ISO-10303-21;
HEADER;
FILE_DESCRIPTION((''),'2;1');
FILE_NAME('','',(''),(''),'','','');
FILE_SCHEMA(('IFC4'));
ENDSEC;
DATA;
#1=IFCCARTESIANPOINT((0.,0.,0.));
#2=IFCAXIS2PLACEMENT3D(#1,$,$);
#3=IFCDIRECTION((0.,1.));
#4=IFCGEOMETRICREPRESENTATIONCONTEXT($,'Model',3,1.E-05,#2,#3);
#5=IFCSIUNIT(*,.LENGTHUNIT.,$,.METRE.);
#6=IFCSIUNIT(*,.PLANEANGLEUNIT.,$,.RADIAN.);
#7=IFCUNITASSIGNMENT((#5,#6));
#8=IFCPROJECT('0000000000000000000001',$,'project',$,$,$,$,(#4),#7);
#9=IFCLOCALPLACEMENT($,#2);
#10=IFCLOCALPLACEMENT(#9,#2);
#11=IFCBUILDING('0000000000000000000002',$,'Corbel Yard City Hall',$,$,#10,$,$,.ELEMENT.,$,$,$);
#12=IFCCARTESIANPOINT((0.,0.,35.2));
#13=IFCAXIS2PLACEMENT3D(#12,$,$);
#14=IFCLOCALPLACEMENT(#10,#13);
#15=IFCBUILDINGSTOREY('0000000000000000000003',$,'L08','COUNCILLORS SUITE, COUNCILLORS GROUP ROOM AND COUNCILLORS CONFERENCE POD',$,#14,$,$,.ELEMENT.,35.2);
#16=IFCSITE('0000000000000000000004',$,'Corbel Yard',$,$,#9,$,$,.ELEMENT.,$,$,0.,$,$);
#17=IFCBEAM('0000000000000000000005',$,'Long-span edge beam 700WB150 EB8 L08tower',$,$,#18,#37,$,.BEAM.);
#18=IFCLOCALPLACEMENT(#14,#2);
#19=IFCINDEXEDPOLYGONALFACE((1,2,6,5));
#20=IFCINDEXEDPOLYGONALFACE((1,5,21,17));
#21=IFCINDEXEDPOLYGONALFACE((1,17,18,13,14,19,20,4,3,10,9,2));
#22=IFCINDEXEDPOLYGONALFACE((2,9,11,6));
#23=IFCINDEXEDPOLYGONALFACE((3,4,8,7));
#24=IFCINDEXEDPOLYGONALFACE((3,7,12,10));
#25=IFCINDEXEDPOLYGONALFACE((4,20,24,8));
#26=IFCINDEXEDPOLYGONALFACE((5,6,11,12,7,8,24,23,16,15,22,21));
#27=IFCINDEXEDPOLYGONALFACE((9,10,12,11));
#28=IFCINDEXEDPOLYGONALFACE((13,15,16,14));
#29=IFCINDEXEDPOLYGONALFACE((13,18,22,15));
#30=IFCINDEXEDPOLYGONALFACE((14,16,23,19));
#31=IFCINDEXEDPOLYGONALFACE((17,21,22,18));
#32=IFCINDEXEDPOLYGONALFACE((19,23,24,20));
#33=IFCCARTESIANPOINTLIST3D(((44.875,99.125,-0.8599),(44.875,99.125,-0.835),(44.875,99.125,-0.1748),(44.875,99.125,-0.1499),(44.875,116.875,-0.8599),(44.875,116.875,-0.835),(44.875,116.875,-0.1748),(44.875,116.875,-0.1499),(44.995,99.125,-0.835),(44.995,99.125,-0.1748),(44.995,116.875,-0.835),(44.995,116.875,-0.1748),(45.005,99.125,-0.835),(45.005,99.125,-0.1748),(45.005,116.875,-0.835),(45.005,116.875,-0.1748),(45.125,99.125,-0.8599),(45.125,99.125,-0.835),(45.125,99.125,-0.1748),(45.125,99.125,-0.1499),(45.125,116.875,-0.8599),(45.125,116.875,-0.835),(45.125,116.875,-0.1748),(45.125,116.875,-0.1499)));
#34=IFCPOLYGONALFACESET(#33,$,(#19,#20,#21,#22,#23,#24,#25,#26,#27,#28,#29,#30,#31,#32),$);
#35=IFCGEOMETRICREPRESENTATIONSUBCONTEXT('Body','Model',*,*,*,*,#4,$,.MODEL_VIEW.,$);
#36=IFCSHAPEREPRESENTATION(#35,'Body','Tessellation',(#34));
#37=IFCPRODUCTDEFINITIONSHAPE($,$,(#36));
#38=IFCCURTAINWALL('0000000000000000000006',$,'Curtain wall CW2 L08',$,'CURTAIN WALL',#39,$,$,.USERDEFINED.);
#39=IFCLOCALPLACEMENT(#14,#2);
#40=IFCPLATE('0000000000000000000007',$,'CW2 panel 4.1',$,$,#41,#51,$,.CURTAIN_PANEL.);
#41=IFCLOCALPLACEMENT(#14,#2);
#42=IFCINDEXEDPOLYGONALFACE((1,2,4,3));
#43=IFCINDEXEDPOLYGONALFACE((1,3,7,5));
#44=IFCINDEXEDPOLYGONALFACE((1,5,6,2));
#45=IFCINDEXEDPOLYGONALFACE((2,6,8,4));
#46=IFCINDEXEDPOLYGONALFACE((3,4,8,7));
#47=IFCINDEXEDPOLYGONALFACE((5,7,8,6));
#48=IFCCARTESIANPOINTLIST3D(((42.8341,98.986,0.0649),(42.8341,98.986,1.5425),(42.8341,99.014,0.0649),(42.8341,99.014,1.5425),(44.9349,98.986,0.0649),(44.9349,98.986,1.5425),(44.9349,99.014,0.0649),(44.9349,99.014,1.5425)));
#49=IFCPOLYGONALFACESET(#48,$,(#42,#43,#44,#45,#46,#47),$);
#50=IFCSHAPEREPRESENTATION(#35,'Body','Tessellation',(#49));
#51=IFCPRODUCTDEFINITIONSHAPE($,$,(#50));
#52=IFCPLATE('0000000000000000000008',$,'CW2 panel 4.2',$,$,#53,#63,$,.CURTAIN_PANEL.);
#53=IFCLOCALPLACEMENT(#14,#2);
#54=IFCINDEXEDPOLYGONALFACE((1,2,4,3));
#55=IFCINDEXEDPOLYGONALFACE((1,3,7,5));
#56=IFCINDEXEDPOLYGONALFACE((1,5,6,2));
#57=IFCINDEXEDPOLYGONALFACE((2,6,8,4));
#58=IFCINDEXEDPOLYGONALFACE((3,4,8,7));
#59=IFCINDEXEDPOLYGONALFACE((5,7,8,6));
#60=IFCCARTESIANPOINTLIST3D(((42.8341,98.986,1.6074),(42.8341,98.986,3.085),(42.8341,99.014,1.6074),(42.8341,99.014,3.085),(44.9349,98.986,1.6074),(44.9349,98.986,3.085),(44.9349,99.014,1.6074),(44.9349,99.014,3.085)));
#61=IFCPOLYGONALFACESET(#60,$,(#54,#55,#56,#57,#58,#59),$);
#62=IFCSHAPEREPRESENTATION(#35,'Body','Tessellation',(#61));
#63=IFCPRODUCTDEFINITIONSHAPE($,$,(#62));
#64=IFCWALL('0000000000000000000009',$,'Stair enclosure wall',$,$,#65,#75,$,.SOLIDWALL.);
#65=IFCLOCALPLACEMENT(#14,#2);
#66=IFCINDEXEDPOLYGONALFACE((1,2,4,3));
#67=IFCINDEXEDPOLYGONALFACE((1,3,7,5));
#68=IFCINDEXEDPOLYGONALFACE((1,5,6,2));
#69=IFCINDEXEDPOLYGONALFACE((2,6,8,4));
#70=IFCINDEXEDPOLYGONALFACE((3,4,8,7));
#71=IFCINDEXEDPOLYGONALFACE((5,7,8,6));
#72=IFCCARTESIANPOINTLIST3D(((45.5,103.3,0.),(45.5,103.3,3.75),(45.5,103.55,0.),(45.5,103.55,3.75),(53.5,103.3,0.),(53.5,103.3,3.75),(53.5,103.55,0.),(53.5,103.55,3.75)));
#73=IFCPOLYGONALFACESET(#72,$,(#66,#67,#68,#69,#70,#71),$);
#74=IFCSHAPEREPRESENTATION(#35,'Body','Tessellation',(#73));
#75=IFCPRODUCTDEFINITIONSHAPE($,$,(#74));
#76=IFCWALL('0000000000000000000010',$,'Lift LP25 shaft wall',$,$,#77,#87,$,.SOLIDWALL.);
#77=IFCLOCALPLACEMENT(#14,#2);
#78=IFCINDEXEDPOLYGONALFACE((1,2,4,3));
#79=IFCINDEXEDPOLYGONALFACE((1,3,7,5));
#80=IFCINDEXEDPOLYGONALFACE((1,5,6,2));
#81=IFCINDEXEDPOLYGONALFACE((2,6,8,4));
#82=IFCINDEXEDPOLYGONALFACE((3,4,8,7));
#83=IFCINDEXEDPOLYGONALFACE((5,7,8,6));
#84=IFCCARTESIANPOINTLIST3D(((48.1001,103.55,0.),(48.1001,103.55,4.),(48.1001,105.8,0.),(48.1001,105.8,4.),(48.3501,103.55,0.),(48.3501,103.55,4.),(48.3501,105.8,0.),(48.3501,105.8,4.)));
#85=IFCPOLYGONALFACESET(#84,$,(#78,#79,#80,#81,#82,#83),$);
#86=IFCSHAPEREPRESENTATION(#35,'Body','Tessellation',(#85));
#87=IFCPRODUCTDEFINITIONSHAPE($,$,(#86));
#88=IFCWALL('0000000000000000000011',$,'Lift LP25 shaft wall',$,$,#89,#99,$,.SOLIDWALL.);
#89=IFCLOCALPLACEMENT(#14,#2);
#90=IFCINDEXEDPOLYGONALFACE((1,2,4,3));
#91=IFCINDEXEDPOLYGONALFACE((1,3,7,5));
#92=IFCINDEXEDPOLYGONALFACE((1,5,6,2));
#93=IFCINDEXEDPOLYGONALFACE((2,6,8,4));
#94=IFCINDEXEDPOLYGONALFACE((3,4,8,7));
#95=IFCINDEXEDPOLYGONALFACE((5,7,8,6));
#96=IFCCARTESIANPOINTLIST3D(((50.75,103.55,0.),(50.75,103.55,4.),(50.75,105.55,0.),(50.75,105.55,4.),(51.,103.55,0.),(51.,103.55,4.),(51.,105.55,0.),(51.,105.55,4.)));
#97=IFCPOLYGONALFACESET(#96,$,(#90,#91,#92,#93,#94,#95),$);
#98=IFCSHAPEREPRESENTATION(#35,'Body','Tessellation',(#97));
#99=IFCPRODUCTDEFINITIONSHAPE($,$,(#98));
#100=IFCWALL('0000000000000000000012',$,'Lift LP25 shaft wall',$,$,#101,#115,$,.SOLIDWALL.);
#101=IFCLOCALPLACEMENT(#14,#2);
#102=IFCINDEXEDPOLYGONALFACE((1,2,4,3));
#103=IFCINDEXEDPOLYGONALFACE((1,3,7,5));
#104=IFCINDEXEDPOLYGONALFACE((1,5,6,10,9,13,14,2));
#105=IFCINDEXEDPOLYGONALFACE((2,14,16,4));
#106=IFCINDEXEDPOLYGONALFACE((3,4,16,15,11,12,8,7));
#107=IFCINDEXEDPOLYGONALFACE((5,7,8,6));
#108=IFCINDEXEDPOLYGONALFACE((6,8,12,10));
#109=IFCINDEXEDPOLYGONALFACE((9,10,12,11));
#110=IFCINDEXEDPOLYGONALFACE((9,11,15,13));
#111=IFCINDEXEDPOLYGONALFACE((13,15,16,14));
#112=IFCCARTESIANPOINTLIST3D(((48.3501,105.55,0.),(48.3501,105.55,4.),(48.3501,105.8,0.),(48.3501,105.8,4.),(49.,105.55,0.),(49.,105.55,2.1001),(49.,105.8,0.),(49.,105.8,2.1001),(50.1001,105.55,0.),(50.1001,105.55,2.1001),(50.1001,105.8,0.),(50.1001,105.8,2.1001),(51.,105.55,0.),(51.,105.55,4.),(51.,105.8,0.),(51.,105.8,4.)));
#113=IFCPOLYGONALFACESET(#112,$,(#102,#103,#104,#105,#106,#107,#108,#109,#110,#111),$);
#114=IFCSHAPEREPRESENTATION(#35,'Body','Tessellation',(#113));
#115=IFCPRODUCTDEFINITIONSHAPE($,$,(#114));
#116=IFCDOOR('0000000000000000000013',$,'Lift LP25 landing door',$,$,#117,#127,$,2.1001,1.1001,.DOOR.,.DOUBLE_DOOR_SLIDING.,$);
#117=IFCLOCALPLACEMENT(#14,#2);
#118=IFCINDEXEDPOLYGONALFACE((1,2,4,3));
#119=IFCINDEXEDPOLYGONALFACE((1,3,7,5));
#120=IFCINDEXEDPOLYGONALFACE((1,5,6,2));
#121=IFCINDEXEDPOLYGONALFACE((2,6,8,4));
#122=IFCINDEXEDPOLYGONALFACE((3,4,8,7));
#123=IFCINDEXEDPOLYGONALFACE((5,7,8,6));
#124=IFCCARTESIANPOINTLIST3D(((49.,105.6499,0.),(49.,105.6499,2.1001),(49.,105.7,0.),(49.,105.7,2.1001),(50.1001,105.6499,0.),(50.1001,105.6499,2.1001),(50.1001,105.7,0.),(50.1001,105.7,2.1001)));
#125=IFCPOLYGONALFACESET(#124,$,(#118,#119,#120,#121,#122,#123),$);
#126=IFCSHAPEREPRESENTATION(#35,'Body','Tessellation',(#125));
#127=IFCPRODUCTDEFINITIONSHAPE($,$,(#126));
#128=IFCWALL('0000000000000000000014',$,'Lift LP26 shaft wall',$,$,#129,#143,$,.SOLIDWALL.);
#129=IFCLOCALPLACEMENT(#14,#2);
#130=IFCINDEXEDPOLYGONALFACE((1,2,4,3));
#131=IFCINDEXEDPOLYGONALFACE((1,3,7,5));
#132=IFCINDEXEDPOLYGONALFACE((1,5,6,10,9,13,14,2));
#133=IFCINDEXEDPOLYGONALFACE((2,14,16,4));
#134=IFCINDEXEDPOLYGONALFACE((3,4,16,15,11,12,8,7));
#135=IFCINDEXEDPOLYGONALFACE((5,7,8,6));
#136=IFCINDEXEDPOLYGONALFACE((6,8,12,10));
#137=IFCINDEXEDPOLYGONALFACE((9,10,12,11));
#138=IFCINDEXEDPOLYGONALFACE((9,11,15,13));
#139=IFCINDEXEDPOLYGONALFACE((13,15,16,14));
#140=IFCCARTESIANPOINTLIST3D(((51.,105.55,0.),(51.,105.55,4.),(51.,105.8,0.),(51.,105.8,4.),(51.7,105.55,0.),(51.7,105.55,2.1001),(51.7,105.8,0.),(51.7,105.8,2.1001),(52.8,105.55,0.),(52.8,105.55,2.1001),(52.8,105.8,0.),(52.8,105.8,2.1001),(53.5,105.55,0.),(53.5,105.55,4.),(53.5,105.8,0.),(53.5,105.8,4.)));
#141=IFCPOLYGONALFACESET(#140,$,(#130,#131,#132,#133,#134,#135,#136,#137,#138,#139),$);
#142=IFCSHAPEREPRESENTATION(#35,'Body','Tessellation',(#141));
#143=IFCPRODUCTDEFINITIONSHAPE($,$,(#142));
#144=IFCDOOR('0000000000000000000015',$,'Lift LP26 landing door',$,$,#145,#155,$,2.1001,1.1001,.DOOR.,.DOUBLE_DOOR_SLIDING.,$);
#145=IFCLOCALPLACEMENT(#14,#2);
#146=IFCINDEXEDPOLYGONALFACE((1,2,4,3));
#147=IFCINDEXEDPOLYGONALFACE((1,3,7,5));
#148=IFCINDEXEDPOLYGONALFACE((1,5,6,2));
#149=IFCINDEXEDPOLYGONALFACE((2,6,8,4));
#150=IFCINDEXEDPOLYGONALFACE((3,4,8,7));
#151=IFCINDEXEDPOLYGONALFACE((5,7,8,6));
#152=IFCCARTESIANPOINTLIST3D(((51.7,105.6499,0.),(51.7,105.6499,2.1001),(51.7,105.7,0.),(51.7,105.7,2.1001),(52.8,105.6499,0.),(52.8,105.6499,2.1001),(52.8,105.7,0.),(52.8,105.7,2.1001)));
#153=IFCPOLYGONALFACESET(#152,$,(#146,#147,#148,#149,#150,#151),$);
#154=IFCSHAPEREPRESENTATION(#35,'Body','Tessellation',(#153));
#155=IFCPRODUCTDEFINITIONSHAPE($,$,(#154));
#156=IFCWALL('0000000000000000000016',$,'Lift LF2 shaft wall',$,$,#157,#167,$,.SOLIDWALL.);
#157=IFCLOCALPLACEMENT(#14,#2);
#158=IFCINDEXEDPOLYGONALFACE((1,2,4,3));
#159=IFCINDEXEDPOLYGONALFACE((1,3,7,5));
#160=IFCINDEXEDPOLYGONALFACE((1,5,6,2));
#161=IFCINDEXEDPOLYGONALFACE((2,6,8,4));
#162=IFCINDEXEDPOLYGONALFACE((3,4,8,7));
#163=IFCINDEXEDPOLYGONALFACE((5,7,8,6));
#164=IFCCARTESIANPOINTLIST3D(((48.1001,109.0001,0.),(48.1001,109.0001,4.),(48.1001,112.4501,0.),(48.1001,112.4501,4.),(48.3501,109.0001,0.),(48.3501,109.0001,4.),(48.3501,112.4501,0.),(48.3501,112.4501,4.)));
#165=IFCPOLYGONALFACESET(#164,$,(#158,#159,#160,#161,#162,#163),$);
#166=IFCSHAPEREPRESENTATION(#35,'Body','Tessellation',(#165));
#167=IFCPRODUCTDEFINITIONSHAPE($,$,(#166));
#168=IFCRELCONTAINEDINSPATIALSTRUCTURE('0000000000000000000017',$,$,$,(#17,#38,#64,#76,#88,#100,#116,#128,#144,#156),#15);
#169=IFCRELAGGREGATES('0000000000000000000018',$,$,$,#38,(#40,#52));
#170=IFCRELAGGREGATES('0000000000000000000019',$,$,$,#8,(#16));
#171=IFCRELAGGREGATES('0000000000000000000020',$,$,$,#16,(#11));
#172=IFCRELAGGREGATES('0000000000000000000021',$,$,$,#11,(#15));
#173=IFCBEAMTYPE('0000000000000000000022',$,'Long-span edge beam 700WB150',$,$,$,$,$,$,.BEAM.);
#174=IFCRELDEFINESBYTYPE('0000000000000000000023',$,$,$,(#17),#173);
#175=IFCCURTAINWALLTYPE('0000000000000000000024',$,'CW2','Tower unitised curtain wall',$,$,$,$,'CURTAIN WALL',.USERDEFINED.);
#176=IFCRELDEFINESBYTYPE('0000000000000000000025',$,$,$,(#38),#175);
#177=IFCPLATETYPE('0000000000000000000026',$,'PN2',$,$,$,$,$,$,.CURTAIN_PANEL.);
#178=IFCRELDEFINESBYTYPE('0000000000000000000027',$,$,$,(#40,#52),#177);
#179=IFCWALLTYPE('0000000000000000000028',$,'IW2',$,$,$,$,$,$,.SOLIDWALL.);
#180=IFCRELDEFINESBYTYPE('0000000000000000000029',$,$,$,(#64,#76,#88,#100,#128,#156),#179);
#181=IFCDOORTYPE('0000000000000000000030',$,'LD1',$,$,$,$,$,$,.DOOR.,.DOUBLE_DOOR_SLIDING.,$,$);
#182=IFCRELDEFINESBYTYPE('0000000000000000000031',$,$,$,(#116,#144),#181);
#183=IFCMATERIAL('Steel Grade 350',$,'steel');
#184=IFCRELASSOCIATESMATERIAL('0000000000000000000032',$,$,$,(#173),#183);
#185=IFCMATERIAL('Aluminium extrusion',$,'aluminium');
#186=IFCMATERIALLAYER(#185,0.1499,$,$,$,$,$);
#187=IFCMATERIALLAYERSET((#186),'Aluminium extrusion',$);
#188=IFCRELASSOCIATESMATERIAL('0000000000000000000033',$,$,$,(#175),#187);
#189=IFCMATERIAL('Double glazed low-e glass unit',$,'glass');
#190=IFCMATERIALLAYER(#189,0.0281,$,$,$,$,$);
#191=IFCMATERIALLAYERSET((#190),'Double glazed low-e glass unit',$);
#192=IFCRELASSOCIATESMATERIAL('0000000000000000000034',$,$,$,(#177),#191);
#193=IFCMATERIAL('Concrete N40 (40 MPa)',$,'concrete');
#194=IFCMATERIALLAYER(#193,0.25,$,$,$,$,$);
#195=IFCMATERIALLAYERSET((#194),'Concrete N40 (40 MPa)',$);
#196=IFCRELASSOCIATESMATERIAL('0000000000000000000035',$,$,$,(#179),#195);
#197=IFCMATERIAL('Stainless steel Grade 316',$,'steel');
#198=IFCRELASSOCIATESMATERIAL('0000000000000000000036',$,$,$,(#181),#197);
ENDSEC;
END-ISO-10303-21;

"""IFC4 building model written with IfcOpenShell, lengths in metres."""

from ifc_helpers import new_model, si_unit, direction, frame, frame_2d, origin, origin_2d, place, context, subcontext, project, spatial, rectangle, i_section, extrude, material, layer, layer_set, material_profile, profile_set, type_object, element, fill, aggregate, save


model = new_model("IFC4")

# Units and contexts
model_context = context("Model", 3, precision=1e-05, world=origin(), true_north=direction((0.0, 1.0)))
body_context = subcontext(model_context, "Body", "Model", "MODEL_VIEW")
ifc_project = project(units=[si_unit("LENGTHUNIT", "METRE"), si_unit("PLANEANGLEUNIT", "RADIAN")], contexts=[model_context])

# Site, building, storey
site_placement = place(None, origin())
site = spatial("IfcSite", under=ifc_project, at=site_placement, Name="Corbel Yard", CompositionType="ELEMENT", RefElevation=0.0)
building_placement = place(site_placement, origin())
building = spatial("IfcBuilding", under=site, at=building_placement, Name="Corbel Yard City Hall", CompositionType="ELEMENT")
storey_placement = place(building_placement, frame((0.0, 0.0, 35.2)))
storey = spatial("IfcBuildingStorey", under=building, at=storey_placement, Name="L08", Description="COUNCILLORS SUITE, COUNCILLORS GROUP ROOM AND COUNCILLORS CONFERENCE POD", CompositionType="ELEMENT", Elevation=35.2)

# Beam
ifc_material_1 = material(Name="Steel Grade 350", Category="steel")
ifc_material_profile = material_profile(ifc_material_1, i_section(OverallWidth=0.25, OverallDepth=0.71, WebThickness=0.01, FlangeThickness=0.0249, at=origin_2d()), Name="700WB150")
ifc_profile_set = profile_set([ifc_material_profile], Name="Steel Grade 350")
beam_type = type_object("IfcBeamType", Name="Long-span edge beam 700WB150", PredefinedType="BEAM", material=ifc_profile_set)
beam_placement = place(storey_placement, frame((45.0, 99.125, -0.5049), z_axis=(0.0, 1.0, 0.0), x_axis=(-1.0, 0.0, 0.0)))
element("IfcBeam", 1, at=beam_placement, inside=storey, type_object=beam_type, Name="Long-span edge beam 700WB150 EB8 L08tower", PredefinedType="BEAM", context=body_context, shape_type="SweptSolid", body=[
    extrude(i_section(OverallWidth=0.25, OverallDepth=0.71, WebThickness=0.01, FlangeThickness=0.0249, at=origin_2d()), origin(), (0.0, 0.0, 1.0), 17.75),
])

# Curtain wall, plates
ifc_material_2 = material(Name="Aluminium extrusion", Category="aluminium")
ifc_layer_1 = layer(ifc_material_2, 0.1499)
ifc_layer_set_1 = layer_set([ifc_layer_1], Name="Aluminium extrusion")
curtain_wall_type = type_object("IfcCurtainWallType", Name="CW2", Description="Tower unitised curtain wall", ElementType="CURTAIN WALL", PredefinedType="USERDEFINED", material=ifc_layer_set_1)
curtain_wall_placement = place(storey_placement, origin())
curtain_wall = element("IfcCurtainWall", 2, at=curtain_wall_placement, inside=storey, type_object=curtain_wall_type, Name="Curtain wall CW2 L08", ObjectType="CURTAIN WALL", PredefinedType="USERDEFINED")
ifc_material_3 = material(Name="Double glazed low-e glass unit", Category="glass")
ifc_layer_2 = layer(ifc_material_3, 0.0281)
ifc_layer_set_2 = layer_set([ifc_layer_2], Name="Double glazed low-e glass unit")
plate_type = type_object("IfcPlateType", Name="PN2", PredefinedType="CURTAIN_PANEL", material=ifc_layer_set_2)
plate_1_placement = place(storey_placement, frame((43.8845, 99.0, 0.0649), z_axis=(0.0, 0.0, 1.0), x_axis=(1.0, 0.0, 0.0)))
plate_1 = element("IfcPlate", 3, at=plate_1_placement, type_object=plate_type, Name="CW2 panel 4.1", PredefinedType="CURTAIN_PANEL", context=body_context, shape_type="SweptSolid", body=[
    extrude(rectangle(XDim=2.1008, YDim=0.0281, at=origin_2d()), origin(), (0.0, 0.0, 1.0), 1.4775),
])
plate_2_placement = place(storey_placement, frame((43.8845, 99.0, 1.6074), z_axis=(0.0, 0.0, 1.0), x_axis=(1.0, 0.0, 0.0)))
plate_2 = element("IfcPlate", 4, at=plate_2_placement, type_object=plate_type, Name="CW2 panel 4.2", PredefinedType="CURTAIN_PANEL", context=body_context, shape_type="SweptSolid", body=[
    extrude(rectangle(XDim=2.1008, YDim=0.0281, at=origin_2d()), origin(), (0.0, 0.0, 1.0), 1.4775),
])
aggregate(curtain_wall, [plate_1, plate_2])

# Walls
ifc_material_4 = material(Name="Concrete N40 (40 MPa)", Category="concrete")
ifc_layer_3 = layer(ifc_material_4, 0.25)
ifc_layer_set_3 = layer_set([ifc_layer_3], Name="Concrete N40 (40 MPa)")
wall_type_1 = type_object("IfcWallType", Name="IW2", PredefinedType="SOLIDWALL", material=ifc_layer_set_3)
wall_1_placement = place(storey_placement, frame((45.5, 103.425, 0.0), z_axis=(0.0, 0.0, 1.0), x_axis=(1.0, 0.0, 0.0)))
element("IfcWall", 5, at=wall_1_placement, inside=storey, type_object=wall_type_1, Name="Stair enclosure wall", PredefinedType="SOLIDWALL", context=body_context, shape_type="SweptSolid", body=[
    extrude(rectangle(XDim=8.0, YDim=0.25, at=frame_2d((4.0, 0.0))), origin(), (0.0, 0.0, 1.0), 3.75),
])
wall_2_placement = place(storey_placement, frame((48.2251, 103.55, 0.0), z_axis=(0.0, 0.0, 1.0), x_axis=(0.0, 1.0, 0.0)))
element("IfcWall", 6, at=wall_2_placement, inside=storey, type_object=wall_type_1, Name="Lift LP25 shaft wall", PredefinedType="SOLIDWALL", context=body_context, shape_type="SweptSolid", body=[
    extrude(rectangle(XDim=2.25, YDim=0.25, at=frame_2d((1.125, 0.0))), origin(), (0.0, 0.0, 1.0), 4.0),
])
wall_3_placement = place(storey_placement, frame((50.875, 103.55, 0.0), z_axis=(0.0, 0.0, 1.0), x_axis=(0.0, 1.0, 0.0)))
element("IfcWall", 7, at=wall_3_placement, inside=storey, type_object=wall_type_1, Name="Lift LP25 shaft wall", PredefinedType="SOLIDWALL", context=body_context, shape_type="SweptSolid", body=[
    extrude(rectangle(XDim=2.0, YDim=0.25, at=frame_2d((1.0, 0.0))), origin(), (0.0, 0.0, 1.0), 4.0),
])

# Walls, openings, doors
wall_4_placement = place(storey_placement, frame((48.3501, 105.675, 0.0), z_axis=(0.0, 0.0, 1.0), x_axis=(1.0, 0.0, 0.0)))
wall_4 = element("IfcWall", 8, at=wall_4_placement, inside=storey, type_object=wall_type_1, Name="Lift LP25 shaft wall", PredefinedType="SOLIDWALL", context=body_context, shape_type="SweptSolid", body=[
    extrude(rectangle(XDim=2.6499, YDim=0.25, at=frame_2d((1.325, 0.0))), origin(), (0.0, 0.0, 1.0), 4.0),
])
opening_1_placement = place(wall_4_placement, frame((0.6499, 0.0, 0.0)))
opening_1 = element("IfcOpeningElement", 9, at=opening_1_placement, cuts=wall_4, PredefinedType="OPENING", context=body_context, shape_type="SweptSolid", body=[
    extrude(rectangle(XDim=1.1001, YDim=2.1001, at=frame_2d((0.55, 1.05))), frame((0.0, 0.135, 0.0), z_axis=(0.0, -1.0, 0.0), x_axis=(1.0, 0.0, 0.0)), (0.0, 0.0, 1.0), 0.27),
])
ifc_material_5 = material(Name="Stainless steel Grade 316", Category="steel")
door_type_1 = type_object("IfcDoorType", Name="LD1", OperationType="DOUBLE_DOOR_SLIDING", PredefinedType="DOOR", material=ifc_material_5)
door_1_placement = place(opening_1_placement, origin())
door_1 = element("IfcDoor", 10, at=door_1_placement, inside=storey, type_object=door_type_1, Name="Lift LP25 landing door", OperationType="DOUBLE_DOOR_SLIDING", OverallHeight=2.1001, OverallWidth=1.1001, PredefinedType="DOOR", context=body_context, shape_type="SweptSolid", body=[
    extrude(rectangle(XDim=1.1001, YDim=2.1001, at=frame_2d((0.55, 1.05))), frame((0.0, 0.0249, 0.0), z_axis=(0.0, -1.0, 0.0), x_axis=(1.0, 0.0, 0.0)), (0.0, 0.0, 1.0), 0.05),
])
fill(opening_1, door_1)
wall_5_placement = place(storey_placement, frame((51.0, 105.675, 0.0), z_axis=(0.0, 0.0, 1.0), x_axis=(1.0, 0.0, 0.0)))
wall_5 = element("IfcWall", 11, at=wall_5_placement, inside=storey, type_object=wall_type_1, Name="Lift LP26 shaft wall", PredefinedType="SOLIDWALL", context=body_context, shape_type="SweptSolid", body=[
    extrude(rectangle(XDim=2.5, YDim=0.25, at=frame_2d((1.25, 0.0))), origin(), (0.0, 0.0, 1.0), 4.0),
])
opening_2_placement = place(wall_5_placement, frame((0.7, 0.0, 0.0)))
opening_2 = element("IfcOpeningElement", 12, at=opening_2_placement, cuts=wall_5, PredefinedType="OPENING", context=body_context, shape_type="SweptSolid", body=[
    extrude(rectangle(XDim=1.1001, YDim=2.1001, at=frame_2d((0.55, 1.05))), frame((0.0, 0.135, 0.0), z_axis=(0.0, -1.0, 0.0), x_axis=(1.0, 0.0, 0.0)), (0.0, 0.0, 1.0), 0.27),
])
door_2_placement = place(opening_2_placement, origin())
door_2 = element("IfcDoor", 13, at=door_2_placement, inside=storey, type_object=door_type_1, Name="Lift LP26 landing door", OperationType="DOUBLE_DOOR_SLIDING", OverallHeight=2.1001, OverallWidth=1.1001, PredefinedType="DOOR", context=body_context, shape_type="SweptSolid", body=[
    extrude(rectangle(XDim=1.1001, YDim=2.1001, at=frame_2d((0.55, 1.05))), frame((0.0, 0.0249, 0.0), z_axis=(0.0, -1.0, 0.0), x_axis=(1.0, 0.0, 0.0)), (0.0, 0.0, 1.0), 0.05),
])
fill(opening_2, door_2)

# Wall
wall_6_placement = place(storey_placement, frame((48.2251, 109.0, 0.0), z_axis=(0.0, 0.0, 1.0), x_axis=(0.0, 1.0, 0.0)))
element("IfcWall", 14, at=wall_6_placement, inside=storey, type_object=wall_type_1, Name="Lift LF2 shaft wall", PredefinedType="SOLIDWALL", context=body_context, shape_type="SweptSolid", body=[
    extrude(rectangle(XDim=3.45, YDim=0.25, at=frame_2d((1.7251, 0.0))), origin(), (0.0, 0.0, 1.0), 4.0),
])

save(model, "model.ifc")
